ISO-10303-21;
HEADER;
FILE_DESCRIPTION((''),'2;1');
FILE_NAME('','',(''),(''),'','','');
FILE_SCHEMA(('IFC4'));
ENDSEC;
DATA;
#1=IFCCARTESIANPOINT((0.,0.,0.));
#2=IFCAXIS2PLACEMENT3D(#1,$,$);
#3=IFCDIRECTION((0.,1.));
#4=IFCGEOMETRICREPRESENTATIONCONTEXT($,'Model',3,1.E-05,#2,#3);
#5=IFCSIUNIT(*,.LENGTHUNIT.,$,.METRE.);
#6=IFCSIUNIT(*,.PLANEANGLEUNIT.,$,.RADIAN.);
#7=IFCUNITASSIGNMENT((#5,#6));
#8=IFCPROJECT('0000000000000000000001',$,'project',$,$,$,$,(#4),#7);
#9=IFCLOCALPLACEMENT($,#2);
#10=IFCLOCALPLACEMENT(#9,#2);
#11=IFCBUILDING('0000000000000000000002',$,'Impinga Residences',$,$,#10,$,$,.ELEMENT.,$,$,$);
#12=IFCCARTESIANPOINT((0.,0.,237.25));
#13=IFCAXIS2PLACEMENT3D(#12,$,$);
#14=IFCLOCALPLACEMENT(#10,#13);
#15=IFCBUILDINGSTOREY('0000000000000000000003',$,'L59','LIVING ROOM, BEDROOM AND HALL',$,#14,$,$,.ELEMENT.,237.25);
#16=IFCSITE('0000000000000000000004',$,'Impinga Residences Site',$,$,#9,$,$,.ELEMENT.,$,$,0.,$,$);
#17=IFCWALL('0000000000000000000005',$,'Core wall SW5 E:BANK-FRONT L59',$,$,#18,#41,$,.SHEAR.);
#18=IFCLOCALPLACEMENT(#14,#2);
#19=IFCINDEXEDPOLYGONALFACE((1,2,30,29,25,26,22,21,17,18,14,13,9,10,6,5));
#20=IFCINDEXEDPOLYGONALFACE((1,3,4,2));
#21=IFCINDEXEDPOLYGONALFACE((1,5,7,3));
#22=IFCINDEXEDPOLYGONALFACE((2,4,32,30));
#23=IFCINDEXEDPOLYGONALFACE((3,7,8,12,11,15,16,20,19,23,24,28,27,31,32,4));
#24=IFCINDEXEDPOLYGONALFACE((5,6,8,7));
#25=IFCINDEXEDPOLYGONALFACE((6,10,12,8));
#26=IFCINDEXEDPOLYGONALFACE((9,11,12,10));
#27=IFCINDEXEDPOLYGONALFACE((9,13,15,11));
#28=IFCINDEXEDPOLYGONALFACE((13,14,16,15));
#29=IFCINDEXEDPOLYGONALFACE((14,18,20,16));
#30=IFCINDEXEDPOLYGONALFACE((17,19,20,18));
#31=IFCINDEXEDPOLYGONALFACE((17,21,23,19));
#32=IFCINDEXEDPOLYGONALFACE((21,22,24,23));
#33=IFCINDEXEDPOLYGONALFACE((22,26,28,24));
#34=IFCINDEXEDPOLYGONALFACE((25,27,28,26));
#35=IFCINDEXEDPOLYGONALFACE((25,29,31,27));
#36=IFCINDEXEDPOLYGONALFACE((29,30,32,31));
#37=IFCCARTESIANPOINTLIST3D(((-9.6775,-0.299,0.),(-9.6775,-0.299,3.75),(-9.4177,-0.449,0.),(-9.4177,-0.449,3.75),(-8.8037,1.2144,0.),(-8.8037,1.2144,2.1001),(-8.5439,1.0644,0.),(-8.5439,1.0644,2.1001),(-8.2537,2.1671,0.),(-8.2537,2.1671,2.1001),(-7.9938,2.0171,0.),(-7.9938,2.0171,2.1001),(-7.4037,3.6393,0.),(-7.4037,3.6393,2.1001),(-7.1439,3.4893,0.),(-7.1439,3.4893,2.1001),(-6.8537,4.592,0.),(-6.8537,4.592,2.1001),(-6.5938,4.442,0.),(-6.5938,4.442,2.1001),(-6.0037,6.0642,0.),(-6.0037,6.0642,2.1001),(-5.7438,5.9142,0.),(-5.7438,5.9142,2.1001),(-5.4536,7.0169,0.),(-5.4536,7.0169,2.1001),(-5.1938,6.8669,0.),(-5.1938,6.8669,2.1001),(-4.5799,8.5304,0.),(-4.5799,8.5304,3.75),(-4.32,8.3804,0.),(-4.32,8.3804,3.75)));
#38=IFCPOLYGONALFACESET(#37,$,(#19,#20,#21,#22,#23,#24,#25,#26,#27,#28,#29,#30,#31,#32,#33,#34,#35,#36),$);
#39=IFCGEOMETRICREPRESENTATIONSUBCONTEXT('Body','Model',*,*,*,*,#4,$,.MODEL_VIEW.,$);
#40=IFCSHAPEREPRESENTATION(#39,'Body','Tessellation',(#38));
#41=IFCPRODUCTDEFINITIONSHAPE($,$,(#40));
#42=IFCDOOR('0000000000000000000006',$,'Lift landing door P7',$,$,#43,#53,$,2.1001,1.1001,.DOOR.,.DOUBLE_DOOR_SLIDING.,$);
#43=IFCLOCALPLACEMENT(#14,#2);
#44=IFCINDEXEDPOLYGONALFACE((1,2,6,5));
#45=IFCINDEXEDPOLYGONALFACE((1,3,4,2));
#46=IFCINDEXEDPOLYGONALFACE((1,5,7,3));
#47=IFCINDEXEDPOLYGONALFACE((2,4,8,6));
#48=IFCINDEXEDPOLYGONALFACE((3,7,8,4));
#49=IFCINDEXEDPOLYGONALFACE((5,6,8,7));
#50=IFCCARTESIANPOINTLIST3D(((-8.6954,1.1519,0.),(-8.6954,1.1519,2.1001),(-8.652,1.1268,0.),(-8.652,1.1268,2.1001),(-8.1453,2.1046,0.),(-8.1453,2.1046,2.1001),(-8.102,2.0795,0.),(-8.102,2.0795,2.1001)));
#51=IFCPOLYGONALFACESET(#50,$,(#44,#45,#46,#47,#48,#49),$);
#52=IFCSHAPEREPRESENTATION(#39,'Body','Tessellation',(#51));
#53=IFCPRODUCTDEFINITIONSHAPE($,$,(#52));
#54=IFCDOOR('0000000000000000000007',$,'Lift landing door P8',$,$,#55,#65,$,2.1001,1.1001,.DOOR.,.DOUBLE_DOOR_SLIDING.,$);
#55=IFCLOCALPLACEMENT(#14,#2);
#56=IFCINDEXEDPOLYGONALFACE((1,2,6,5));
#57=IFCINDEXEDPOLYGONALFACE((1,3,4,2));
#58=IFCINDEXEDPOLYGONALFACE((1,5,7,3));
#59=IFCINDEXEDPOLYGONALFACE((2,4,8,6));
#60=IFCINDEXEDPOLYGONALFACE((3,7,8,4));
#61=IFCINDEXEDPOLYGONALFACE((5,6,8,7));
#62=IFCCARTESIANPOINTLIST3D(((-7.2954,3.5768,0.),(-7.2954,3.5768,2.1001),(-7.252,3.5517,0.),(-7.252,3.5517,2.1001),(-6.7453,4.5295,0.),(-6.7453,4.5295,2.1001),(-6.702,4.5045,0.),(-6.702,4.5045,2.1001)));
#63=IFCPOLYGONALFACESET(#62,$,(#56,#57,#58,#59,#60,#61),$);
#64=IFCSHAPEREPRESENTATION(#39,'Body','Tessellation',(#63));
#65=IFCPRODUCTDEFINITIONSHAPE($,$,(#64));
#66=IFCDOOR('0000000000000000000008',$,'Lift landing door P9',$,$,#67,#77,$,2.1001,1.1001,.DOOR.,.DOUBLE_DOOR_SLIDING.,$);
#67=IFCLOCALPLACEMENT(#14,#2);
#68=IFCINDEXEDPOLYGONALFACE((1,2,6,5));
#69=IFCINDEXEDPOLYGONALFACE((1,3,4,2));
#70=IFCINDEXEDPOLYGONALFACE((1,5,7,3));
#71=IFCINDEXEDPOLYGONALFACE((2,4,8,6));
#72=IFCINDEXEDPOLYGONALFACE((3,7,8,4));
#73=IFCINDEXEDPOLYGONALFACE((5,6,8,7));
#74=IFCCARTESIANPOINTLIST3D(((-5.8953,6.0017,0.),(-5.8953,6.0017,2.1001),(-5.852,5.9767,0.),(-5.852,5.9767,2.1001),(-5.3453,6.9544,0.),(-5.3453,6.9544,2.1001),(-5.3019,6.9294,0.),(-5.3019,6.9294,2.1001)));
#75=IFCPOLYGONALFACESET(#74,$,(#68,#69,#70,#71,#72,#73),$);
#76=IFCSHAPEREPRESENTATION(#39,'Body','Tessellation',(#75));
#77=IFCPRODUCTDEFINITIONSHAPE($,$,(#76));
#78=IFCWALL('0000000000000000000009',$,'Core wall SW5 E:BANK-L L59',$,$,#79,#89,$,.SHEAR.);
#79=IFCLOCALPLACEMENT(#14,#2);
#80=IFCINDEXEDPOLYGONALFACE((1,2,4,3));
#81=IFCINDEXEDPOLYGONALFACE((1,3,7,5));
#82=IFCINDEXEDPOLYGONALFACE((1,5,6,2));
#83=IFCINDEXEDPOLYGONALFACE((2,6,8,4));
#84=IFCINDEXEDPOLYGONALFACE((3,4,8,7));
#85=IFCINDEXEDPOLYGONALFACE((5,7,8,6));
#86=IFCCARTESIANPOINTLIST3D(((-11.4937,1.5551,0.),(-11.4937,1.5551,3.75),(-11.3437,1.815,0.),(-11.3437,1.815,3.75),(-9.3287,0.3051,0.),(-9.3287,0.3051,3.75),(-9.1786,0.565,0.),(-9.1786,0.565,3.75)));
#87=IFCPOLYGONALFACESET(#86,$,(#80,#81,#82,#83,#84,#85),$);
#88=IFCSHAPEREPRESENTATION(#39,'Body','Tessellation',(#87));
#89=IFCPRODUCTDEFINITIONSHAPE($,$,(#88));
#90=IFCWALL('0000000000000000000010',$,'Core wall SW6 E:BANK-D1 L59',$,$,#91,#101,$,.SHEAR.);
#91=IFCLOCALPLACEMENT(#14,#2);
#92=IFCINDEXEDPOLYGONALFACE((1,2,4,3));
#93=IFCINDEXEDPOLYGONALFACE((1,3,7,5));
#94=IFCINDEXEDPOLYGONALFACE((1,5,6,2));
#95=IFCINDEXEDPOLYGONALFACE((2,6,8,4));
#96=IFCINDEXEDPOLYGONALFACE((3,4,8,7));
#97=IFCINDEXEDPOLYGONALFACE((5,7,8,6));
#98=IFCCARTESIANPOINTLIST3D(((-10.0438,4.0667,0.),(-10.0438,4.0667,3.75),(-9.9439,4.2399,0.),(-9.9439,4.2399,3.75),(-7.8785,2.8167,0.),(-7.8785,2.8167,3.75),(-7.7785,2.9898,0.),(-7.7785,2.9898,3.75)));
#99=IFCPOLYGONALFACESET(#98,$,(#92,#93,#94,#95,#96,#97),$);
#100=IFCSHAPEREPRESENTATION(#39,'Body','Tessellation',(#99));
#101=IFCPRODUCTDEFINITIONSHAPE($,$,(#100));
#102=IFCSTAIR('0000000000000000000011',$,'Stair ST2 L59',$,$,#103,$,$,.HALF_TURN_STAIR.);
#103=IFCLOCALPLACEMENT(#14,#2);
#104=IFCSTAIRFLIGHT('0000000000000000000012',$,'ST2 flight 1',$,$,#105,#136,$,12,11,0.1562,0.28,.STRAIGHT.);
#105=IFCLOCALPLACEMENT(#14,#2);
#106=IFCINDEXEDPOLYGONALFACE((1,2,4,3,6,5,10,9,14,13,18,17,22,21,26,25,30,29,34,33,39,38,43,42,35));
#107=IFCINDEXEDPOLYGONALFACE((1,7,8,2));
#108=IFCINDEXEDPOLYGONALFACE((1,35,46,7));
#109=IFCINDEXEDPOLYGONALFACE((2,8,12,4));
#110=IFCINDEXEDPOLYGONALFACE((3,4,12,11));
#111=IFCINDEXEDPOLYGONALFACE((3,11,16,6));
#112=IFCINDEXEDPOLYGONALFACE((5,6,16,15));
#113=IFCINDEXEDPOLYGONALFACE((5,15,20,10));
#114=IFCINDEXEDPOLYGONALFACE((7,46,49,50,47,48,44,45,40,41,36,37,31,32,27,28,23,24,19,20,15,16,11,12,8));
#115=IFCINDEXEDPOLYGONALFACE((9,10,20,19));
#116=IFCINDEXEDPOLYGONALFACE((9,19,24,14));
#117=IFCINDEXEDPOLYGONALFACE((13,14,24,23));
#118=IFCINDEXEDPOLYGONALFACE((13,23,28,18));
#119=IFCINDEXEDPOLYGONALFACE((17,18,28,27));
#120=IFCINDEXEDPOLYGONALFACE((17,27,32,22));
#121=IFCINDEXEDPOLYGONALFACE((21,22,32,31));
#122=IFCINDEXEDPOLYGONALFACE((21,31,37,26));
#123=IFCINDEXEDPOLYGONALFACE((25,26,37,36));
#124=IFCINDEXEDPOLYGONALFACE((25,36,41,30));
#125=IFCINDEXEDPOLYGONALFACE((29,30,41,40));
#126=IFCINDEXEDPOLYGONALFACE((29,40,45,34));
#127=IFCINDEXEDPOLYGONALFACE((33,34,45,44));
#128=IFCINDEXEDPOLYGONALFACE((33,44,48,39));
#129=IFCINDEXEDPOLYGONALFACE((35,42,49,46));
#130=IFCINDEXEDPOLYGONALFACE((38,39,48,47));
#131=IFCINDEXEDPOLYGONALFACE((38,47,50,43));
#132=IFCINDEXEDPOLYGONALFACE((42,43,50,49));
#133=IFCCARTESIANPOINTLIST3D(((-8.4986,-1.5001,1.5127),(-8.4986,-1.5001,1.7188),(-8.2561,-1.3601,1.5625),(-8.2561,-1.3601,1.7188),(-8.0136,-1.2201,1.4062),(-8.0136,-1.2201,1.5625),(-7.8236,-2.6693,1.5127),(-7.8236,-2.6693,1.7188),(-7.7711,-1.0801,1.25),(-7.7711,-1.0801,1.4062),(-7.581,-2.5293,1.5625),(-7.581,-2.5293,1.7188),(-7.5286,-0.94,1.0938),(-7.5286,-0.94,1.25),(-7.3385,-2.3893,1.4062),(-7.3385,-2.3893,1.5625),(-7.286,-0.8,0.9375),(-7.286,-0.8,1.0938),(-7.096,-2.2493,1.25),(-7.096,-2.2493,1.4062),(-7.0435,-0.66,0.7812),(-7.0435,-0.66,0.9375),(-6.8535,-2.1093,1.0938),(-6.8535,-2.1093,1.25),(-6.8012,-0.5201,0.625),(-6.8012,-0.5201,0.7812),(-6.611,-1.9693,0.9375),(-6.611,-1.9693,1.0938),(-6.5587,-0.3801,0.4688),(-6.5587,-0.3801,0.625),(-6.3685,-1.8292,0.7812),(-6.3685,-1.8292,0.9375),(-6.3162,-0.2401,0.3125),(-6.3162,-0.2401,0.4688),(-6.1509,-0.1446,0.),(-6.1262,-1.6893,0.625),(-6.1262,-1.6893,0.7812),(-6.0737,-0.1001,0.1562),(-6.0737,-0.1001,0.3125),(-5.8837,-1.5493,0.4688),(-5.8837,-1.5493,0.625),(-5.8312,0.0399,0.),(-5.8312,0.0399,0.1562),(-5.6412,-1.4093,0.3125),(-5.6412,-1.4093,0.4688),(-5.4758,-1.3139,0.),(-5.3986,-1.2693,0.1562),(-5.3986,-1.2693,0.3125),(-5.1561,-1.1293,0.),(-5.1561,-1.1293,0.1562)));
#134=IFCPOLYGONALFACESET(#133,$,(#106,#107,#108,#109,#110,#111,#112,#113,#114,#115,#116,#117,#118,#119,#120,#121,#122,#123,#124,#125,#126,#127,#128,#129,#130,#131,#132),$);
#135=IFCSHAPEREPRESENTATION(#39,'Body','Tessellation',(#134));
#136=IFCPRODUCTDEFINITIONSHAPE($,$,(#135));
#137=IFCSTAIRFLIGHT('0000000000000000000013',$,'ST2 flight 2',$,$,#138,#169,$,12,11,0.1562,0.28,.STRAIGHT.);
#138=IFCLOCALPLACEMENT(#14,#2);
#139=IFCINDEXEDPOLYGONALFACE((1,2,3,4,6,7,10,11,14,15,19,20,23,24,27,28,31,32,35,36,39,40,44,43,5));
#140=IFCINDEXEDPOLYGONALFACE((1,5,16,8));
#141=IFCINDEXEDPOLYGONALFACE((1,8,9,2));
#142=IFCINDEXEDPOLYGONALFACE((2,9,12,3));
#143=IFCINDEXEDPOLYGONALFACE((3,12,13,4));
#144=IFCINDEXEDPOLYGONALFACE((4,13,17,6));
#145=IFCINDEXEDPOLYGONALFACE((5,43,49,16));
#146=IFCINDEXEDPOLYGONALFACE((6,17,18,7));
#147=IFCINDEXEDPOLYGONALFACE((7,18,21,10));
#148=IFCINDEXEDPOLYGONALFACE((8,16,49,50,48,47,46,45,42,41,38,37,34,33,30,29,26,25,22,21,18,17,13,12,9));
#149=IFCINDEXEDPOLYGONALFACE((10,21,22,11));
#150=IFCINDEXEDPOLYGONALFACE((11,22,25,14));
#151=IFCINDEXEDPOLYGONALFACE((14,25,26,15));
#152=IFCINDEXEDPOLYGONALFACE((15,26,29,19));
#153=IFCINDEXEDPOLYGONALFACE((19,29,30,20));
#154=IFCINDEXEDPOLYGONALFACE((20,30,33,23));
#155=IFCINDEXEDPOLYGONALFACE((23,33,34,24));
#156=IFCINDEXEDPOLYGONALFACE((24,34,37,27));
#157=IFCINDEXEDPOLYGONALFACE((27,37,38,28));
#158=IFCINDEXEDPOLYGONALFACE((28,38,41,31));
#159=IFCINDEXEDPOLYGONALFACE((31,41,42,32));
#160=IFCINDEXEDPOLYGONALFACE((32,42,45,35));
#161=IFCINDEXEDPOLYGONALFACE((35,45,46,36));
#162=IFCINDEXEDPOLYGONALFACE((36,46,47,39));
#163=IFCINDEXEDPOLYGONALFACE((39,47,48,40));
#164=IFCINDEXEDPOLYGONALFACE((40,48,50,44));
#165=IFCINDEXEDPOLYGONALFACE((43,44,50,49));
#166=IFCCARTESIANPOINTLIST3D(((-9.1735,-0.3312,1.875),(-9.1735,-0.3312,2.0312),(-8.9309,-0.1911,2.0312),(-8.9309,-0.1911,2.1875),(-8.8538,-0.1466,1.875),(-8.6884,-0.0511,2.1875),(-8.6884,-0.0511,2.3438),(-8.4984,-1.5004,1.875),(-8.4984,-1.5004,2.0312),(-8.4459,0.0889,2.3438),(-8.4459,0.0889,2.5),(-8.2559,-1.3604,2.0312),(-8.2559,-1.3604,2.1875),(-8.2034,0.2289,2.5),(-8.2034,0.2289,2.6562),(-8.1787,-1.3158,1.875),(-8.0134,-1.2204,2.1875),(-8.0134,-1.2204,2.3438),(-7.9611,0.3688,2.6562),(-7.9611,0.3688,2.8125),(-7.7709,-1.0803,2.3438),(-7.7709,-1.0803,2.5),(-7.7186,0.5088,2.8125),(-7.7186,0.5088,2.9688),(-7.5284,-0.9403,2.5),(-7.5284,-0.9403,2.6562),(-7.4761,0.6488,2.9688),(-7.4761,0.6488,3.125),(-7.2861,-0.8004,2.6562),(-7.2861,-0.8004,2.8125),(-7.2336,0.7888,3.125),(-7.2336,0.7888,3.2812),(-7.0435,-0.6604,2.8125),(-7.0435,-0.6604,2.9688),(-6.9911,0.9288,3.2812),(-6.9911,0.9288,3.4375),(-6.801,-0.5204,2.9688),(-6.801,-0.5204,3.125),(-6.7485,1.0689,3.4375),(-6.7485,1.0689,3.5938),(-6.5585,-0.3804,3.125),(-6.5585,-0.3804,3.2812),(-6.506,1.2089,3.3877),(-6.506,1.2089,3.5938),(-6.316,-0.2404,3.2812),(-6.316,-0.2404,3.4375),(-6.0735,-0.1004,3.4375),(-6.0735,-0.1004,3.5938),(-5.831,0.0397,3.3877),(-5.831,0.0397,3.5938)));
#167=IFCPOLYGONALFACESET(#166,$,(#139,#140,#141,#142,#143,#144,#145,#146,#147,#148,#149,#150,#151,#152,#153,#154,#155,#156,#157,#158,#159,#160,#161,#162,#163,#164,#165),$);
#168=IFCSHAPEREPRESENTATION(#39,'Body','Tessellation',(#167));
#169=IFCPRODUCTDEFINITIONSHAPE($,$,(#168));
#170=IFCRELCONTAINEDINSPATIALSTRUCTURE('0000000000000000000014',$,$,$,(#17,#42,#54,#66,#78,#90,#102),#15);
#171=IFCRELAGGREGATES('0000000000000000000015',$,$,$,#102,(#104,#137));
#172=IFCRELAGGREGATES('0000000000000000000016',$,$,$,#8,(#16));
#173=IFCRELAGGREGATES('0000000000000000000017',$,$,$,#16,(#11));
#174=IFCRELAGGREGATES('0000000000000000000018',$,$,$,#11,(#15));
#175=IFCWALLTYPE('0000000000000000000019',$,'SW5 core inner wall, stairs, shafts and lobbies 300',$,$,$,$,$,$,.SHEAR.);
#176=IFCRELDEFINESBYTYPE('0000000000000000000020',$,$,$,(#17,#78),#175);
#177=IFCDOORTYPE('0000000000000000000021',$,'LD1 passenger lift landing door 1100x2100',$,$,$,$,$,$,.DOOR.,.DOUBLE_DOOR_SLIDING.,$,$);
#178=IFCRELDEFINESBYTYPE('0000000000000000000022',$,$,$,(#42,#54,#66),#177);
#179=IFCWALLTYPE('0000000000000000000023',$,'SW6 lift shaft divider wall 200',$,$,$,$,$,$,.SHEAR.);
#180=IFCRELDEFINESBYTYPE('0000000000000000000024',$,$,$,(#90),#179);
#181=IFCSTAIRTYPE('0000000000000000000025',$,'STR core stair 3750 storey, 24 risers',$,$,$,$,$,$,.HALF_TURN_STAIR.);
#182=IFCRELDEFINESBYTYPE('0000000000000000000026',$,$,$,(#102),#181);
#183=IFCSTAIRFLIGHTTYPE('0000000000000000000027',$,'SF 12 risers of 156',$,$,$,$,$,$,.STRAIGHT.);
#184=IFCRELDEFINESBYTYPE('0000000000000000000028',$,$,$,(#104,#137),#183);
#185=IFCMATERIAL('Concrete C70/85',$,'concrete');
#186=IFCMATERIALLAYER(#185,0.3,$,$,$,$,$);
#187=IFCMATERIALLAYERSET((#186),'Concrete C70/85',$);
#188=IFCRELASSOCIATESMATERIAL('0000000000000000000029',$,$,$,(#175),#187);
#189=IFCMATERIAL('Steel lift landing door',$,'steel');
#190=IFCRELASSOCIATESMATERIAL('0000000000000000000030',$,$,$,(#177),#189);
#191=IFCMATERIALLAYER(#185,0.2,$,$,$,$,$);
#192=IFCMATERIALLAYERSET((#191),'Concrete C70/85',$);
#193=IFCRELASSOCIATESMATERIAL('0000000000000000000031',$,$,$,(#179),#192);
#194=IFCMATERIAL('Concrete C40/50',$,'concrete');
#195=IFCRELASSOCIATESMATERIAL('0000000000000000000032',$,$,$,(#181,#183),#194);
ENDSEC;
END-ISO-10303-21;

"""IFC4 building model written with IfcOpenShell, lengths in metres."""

from ifc_helpers import new_model, si_unit, direction, frame, frame_2d, origin, place, context, subcontext, project, spatial, polyline, rectangle, outline, extrude, material, layer, layer_set, type_object, element, fill, aggregate, save


model = new_model("IFC4")

# Units and contexts
model_context = context("Model", 3, precision=1e-05, world=origin(), true_north=direction((0.0, 1.0)))
body_context = subcontext(model_context, "Body", "Model", "MODEL_VIEW")
ifc_project = project(units=[si_unit("LENGTHUNIT", "METRE"), si_unit("PLANEANGLEUNIT", "RADIAN")], contexts=[model_context])

# Site, building, storey
site_placement = place(None, origin())
site = spatial("IfcSite", under=ifc_project, at=site_placement, Name="Impinga Residences Site", CompositionType="ELEMENT", RefElevation=0.0)
building_placement = place(site_placement, origin())
building = spatial("IfcBuilding", under=site, at=building_placement, Name="Impinga Residences", CompositionType="ELEMENT")
storey_placement = place(building_placement, frame((0.0, 0.0, 237.25)))
storey = spatial("IfcBuildingStorey", under=building, at=storey_placement, Name="L59", Description="LIVING ROOM, BEDROOM AND HALL", CompositionType="ELEMENT", Elevation=237.25)

# Shared definitions
ifc_material_1 = material(Name="Concrete C70/85", Category="concrete")
ifc_layer_1 = layer(ifc_material_1, 0.3)
ifc_layer_set_1 = layer_set([ifc_layer_1], Name="Concrete C70/85")
wall_type_1 = type_object("IfcWallType", Name="SW5 core inner wall, stairs, shafts and lobbies 300", PredefinedType="SHEAR", material=ifc_layer_set_1)

# Shared definitions
ifc_material_2 = material(Name="Steel lift landing door", Category="steel")

# Wall, openings, doors
wall_1_placement = place(storey_placement, frame((-9.5476, -0.374, 0.0), z_axis=(0.0, 0.0, 1.0), x_axis=(0.500002, 0.866024, 0.0)))
wall_1 = element("IfcWall", 1, at=wall_1_placement, inside=storey, type_object=wall_type_1, Name="Core wall SW5 E:BANK-FRONT L59", PredefinedType="SHEAR", context=body_context, shape_type="SweptSolid", body=[
    extrude(rectangle(XDim=10.1953, YDim=0.3, at=frame_2d((5.0977, 0.0))), origin(), (0.0, 0.0, 1.0), 3.75),
])
opening_1_placement = place(wall_1_placement, frame((1.7476, 0.0, 0.0)))
opening_1 = element("IfcOpeningElement", 2, at=opening_1_placement, cuts=wall_1, PredefinedType="OPENING", context=body_context, shape_type="SweptSolid", body=[
    extrude(rectangle(XDim=1.1001, YDim=2.1001, at=frame_2d((0.55, 1.05))), frame((0.0, 0.1599, 0.0), z_axis=(0.0, -1.0, 0.0), x_axis=(1.0, 0.0, 0.0)), (0.0, 0.0, 1.0), 0.3201),
])
opening_2_placement = place(wall_1_placement, frame((4.5476, 0.0, 0.0)))
opening_2 = element("IfcOpeningElement", 3, at=opening_2_placement, cuts=wall_1, PredefinedType="OPENING", context=body_context, shape_type="SweptSolid", body=[
    extrude(rectangle(XDim=1.1001, YDim=2.1001, at=frame_2d((0.55, 1.05))), frame((0.0, 0.1599, 0.0), z_axis=(0.0, -1.0, 0.0), x_axis=(1.0, 0.0, 0.0)), (0.0, 0.0, 1.0), 0.3201),
])
opening_3_placement = place(wall_1_placement, frame((7.3477, 0.0, 0.0)))
opening_3 = element("IfcOpeningElement", 4, at=opening_3_placement, cuts=wall_1, PredefinedType="OPENING", context=body_context, shape_type="SweptSolid", body=[
    extrude(rectangle(XDim=1.1001, YDim=2.1001, at=frame_2d((0.55, 1.05))), frame((0.0, 0.1599, 0.0), z_axis=(0.0, -1.0, 0.0), x_axis=(1.0, 0.0, 0.0)), (0.0, 0.0, 1.0), 0.3201),
])
door_type_1 = type_object("IfcDoorType", Name="LD1 passenger lift landing door 1100x2100", OperationType="DOUBLE_DOOR_SLIDING", PredefinedType="DOOR", material=ifc_material_2)
door_1_placement = place(opening_1_placement, origin())
door_1 = element("IfcDoor", 5, at=door_1_placement, inside=storey, type_object=door_type_1, Name="Lift landing door P7", OperationType="DOUBLE_DOOR_SLIDING", OverallHeight=2.1001, OverallWidth=1.1001, PredefinedType="DOOR", context=body_context, shape_type="SweptSolid", body=[
    extrude(rectangle(XDim=1.1001, YDim=2.1001, at=frame_2d((0.55, 1.05))), frame((0.0, 0.0249, 0.0), z_axis=(0.0, -1.0, 0.0), x_axis=(1.0, 0.0, 0.0)), (0.0, 0.0, 1.0), 0.05),
])
fill(opening_1, door_1)
door_2_placement = place(opening_2_placement, origin())
door_2 = element("IfcDoor", 6, at=door_2_placement, inside=storey, type_object=door_type_1, Name="Lift landing door P8", OperationType="DOUBLE_DOOR_SLIDING", OverallHeight=2.1001, OverallWidth=1.1001, PredefinedType="DOOR", context=body_context, shape_type="SweptSolid", body=[
    extrude(rectangle(XDim=1.1001, YDim=2.1001, at=frame_2d((0.55, 1.05))), frame((0.0, 0.0249, 0.0), z_axis=(0.0, -1.0, 0.0), x_axis=(1.0, 0.0, 0.0)), (0.0, 0.0, 1.0), 0.05),
])
fill(opening_2, door_2)
door_3_placement = place(opening_3_placement, origin())
door_3 = element("IfcDoor", 7, at=door_3_placement, inside=storey, type_object=door_type_1, Name="Lift landing door P9", OperationType="DOUBLE_DOOR_SLIDING", OverallHeight=2.1001, OverallWidth=1.1001, PredefinedType="DOOR", context=body_context, shape_type="SweptSolid", body=[
    extrude(rectangle(XDim=1.1001, YDim=2.1001, at=frame_2d((0.55, 1.05))), frame((0.0, 0.0249, 0.0), z_axis=(0.0, -1.0, 0.0), x_axis=(1.0, 0.0, 0.0)), (0.0, 0.0, 1.0), 0.05),
])
fill(opening_3, door_3)

# Walls
wall_2_placement = place(storey_placement, frame((-9.2537, 0.4351, 0.0), z_axis=(0.0, 0.0, 1.0), x_axis=(-0.866023, 0.500004, 0.0)))
element("IfcWall", 8, at=wall_2_placement, inside=storey, type_object=wall_type_1, Name="Core wall SW5 E:BANK-L L59", PredefinedType="SHEAR", context=body_context, shape_type="SweptSolid", body=[
    extrude(rectangle(XDim=2.5, YDim=0.3, at=frame_2d((1.25, 0.0))), origin(), (0.0, 0.0, 1.0), 3.75),
])
ifc_layer_2 = layer(ifc_material_1, 0.2)
ifc_layer_set_2 = layer_set([ifc_layer_2], Name="Concrete C70/85")
wall_type_2 = type_object("IfcWallType", Name="SW6 lift shaft divider wall 200", PredefinedType="SHEAR", material=ifc_layer_set_2)
wall_3_placement = place(storey_placement, frame((-7.8286, 2.9033, 0.0), z_axis=(0.0, 0.0, 1.0), x_axis=(-0.866047, 0.499962, 0.0)))
element("IfcWall", 9, at=wall_3_placement, inside=storey, type_object=wall_type_2, Name="Core wall SW6 E:BANK-D1 L59", PredefinedType="SHEAR", context=body_context, shape_type="SweptSolid", body=[
    extrude(rectangle(XDim=2.5002, YDim=0.2, at=frame_2d((1.25, 0.0))), origin(), (0.0, 0.0, 1.0), 3.75),
])

# Stair, stair flights
ifc_material_3 = material(Name="Concrete C40/50", Category="concrete")
stair_type = type_object("IfcStairType", Name="STR core stair 3750 storey, 24 risers", PredefinedType="HALF_TURN_STAIR", material=ifc_material_3)
stair_placement = place(storey_placement, origin())
stair = element("IfcStair", 10, at=stair_placement, inside=storey, type_object=stair_type, Name="Stair ST2 L59", PredefinedType="HALF_TURN_STAIR")
stair_flight_type = type_object("IfcStairFlightType", Name="SF 12 risers of 156", PredefinedType="STRAIGHT", material=ifc_material_3)
stair_flight_1_placement = place(storey_placement, frame((-5.4937, -0.5447, 0.0), z_axis=(0.0, 0.0, 1.0), x_axis=(-0.866025, -0.5, 0.0)))
stair_flight_1 = element("IfcStairFlight", 11, at=stair_flight_1_placement, type_object=stair_flight_type, Name="ST2 flight 1", NumberOfRisers=12, NumberOfTreads=11, PredefinedType="STRAIGHT", RiserHeight=0.1562, TreadLength=0.28, context=body_context, shape_type="SweptSolid", body=[
    extrude(outline(polyline([(0.0, 0.0), (0.0, 0.1562), (0.28, 0.1562), (0.28, 0.3125), (0.5601, 0.3125), (0.5601, 0.4688), (0.8401, 0.4688), (0.8401, 0.625), (1.1201, 0.625), (1.1201, 0.7812), (1.3999, 0.7812), (1.3999, 0.9375), (1.6799, 0.9375), (1.6799, 1.0938), (1.96, 1.0938), (1.96, 1.25), (2.24, 1.25), (2.24, 1.4062), (2.52, 1.4062), (2.52, 1.5625), (2.8, 1.5625), (2.8, 1.7188), (3.0801, 1.7188), (3.0801, 1.875), (3.0801, 1.5127), (0.3691, 0.0), (0.0, 0.0)])), frame((0.0, 0.675, 0.0), z_axis=(0.0, -1.0, 0.0), x_axis=(1.0, 0.0, 0.0)), (0.0, 0.0, 1.0), 1.3501),
])
stair_flight_2_placement = place(storey_placement, frame((-8.8359, -0.9158, 1.875), z_axis=(0.0, 0.0, 1.0), x_axis=(0.866025, 0.5, 0.0)))
stair_flight_2 = element("IfcStairFlight", 12, at=stair_flight_2_placement, type_object=stair_flight_type, Name="ST2 flight 2", NumberOfRisers=12, NumberOfTreads=11, PredefinedType="STRAIGHT", RiserHeight=0.1562, TreadLength=0.28, context=body_context, shape_type="SweptSolid", body=[
    extrude(outline(polyline([(0.0, 0.0), (0.0, 0.1562), (0.28, 0.1562), (0.28, 0.3125), (0.5601, 0.3125), (0.5601, 0.4688), (0.8401, 0.4688), (0.8401, 0.625), (1.1201, 0.625), (1.1201, 0.7812), (1.3999, 0.7812), (1.3999, 0.9375), (1.6799, 0.9375), (1.6799, 1.0938), (1.96, 1.0938), (1.96, 1.25), (2.24, 1.25), (2.24, 1.4062), (2.52, 1.4062), (2.52, 1.5625), (2.8, 1.5625), (2.8, 1.7188), (3.0801, 1.7188), (3.0801, 1.875), (3.0801, 1.5127), (0.3691, 0.0), (0.0, 0.0)])), frame((0.0, 0.675, 0.0), z_axis=(0.0, -1.0, 0.0), x_axis=(1.0, 0.0, 0.0)), (0.0, 0.0, 1.0), 1.3501),
])
aggregate(stair, [stair_flight_1, stair_flight_2])

save(model, "model.ifc")
